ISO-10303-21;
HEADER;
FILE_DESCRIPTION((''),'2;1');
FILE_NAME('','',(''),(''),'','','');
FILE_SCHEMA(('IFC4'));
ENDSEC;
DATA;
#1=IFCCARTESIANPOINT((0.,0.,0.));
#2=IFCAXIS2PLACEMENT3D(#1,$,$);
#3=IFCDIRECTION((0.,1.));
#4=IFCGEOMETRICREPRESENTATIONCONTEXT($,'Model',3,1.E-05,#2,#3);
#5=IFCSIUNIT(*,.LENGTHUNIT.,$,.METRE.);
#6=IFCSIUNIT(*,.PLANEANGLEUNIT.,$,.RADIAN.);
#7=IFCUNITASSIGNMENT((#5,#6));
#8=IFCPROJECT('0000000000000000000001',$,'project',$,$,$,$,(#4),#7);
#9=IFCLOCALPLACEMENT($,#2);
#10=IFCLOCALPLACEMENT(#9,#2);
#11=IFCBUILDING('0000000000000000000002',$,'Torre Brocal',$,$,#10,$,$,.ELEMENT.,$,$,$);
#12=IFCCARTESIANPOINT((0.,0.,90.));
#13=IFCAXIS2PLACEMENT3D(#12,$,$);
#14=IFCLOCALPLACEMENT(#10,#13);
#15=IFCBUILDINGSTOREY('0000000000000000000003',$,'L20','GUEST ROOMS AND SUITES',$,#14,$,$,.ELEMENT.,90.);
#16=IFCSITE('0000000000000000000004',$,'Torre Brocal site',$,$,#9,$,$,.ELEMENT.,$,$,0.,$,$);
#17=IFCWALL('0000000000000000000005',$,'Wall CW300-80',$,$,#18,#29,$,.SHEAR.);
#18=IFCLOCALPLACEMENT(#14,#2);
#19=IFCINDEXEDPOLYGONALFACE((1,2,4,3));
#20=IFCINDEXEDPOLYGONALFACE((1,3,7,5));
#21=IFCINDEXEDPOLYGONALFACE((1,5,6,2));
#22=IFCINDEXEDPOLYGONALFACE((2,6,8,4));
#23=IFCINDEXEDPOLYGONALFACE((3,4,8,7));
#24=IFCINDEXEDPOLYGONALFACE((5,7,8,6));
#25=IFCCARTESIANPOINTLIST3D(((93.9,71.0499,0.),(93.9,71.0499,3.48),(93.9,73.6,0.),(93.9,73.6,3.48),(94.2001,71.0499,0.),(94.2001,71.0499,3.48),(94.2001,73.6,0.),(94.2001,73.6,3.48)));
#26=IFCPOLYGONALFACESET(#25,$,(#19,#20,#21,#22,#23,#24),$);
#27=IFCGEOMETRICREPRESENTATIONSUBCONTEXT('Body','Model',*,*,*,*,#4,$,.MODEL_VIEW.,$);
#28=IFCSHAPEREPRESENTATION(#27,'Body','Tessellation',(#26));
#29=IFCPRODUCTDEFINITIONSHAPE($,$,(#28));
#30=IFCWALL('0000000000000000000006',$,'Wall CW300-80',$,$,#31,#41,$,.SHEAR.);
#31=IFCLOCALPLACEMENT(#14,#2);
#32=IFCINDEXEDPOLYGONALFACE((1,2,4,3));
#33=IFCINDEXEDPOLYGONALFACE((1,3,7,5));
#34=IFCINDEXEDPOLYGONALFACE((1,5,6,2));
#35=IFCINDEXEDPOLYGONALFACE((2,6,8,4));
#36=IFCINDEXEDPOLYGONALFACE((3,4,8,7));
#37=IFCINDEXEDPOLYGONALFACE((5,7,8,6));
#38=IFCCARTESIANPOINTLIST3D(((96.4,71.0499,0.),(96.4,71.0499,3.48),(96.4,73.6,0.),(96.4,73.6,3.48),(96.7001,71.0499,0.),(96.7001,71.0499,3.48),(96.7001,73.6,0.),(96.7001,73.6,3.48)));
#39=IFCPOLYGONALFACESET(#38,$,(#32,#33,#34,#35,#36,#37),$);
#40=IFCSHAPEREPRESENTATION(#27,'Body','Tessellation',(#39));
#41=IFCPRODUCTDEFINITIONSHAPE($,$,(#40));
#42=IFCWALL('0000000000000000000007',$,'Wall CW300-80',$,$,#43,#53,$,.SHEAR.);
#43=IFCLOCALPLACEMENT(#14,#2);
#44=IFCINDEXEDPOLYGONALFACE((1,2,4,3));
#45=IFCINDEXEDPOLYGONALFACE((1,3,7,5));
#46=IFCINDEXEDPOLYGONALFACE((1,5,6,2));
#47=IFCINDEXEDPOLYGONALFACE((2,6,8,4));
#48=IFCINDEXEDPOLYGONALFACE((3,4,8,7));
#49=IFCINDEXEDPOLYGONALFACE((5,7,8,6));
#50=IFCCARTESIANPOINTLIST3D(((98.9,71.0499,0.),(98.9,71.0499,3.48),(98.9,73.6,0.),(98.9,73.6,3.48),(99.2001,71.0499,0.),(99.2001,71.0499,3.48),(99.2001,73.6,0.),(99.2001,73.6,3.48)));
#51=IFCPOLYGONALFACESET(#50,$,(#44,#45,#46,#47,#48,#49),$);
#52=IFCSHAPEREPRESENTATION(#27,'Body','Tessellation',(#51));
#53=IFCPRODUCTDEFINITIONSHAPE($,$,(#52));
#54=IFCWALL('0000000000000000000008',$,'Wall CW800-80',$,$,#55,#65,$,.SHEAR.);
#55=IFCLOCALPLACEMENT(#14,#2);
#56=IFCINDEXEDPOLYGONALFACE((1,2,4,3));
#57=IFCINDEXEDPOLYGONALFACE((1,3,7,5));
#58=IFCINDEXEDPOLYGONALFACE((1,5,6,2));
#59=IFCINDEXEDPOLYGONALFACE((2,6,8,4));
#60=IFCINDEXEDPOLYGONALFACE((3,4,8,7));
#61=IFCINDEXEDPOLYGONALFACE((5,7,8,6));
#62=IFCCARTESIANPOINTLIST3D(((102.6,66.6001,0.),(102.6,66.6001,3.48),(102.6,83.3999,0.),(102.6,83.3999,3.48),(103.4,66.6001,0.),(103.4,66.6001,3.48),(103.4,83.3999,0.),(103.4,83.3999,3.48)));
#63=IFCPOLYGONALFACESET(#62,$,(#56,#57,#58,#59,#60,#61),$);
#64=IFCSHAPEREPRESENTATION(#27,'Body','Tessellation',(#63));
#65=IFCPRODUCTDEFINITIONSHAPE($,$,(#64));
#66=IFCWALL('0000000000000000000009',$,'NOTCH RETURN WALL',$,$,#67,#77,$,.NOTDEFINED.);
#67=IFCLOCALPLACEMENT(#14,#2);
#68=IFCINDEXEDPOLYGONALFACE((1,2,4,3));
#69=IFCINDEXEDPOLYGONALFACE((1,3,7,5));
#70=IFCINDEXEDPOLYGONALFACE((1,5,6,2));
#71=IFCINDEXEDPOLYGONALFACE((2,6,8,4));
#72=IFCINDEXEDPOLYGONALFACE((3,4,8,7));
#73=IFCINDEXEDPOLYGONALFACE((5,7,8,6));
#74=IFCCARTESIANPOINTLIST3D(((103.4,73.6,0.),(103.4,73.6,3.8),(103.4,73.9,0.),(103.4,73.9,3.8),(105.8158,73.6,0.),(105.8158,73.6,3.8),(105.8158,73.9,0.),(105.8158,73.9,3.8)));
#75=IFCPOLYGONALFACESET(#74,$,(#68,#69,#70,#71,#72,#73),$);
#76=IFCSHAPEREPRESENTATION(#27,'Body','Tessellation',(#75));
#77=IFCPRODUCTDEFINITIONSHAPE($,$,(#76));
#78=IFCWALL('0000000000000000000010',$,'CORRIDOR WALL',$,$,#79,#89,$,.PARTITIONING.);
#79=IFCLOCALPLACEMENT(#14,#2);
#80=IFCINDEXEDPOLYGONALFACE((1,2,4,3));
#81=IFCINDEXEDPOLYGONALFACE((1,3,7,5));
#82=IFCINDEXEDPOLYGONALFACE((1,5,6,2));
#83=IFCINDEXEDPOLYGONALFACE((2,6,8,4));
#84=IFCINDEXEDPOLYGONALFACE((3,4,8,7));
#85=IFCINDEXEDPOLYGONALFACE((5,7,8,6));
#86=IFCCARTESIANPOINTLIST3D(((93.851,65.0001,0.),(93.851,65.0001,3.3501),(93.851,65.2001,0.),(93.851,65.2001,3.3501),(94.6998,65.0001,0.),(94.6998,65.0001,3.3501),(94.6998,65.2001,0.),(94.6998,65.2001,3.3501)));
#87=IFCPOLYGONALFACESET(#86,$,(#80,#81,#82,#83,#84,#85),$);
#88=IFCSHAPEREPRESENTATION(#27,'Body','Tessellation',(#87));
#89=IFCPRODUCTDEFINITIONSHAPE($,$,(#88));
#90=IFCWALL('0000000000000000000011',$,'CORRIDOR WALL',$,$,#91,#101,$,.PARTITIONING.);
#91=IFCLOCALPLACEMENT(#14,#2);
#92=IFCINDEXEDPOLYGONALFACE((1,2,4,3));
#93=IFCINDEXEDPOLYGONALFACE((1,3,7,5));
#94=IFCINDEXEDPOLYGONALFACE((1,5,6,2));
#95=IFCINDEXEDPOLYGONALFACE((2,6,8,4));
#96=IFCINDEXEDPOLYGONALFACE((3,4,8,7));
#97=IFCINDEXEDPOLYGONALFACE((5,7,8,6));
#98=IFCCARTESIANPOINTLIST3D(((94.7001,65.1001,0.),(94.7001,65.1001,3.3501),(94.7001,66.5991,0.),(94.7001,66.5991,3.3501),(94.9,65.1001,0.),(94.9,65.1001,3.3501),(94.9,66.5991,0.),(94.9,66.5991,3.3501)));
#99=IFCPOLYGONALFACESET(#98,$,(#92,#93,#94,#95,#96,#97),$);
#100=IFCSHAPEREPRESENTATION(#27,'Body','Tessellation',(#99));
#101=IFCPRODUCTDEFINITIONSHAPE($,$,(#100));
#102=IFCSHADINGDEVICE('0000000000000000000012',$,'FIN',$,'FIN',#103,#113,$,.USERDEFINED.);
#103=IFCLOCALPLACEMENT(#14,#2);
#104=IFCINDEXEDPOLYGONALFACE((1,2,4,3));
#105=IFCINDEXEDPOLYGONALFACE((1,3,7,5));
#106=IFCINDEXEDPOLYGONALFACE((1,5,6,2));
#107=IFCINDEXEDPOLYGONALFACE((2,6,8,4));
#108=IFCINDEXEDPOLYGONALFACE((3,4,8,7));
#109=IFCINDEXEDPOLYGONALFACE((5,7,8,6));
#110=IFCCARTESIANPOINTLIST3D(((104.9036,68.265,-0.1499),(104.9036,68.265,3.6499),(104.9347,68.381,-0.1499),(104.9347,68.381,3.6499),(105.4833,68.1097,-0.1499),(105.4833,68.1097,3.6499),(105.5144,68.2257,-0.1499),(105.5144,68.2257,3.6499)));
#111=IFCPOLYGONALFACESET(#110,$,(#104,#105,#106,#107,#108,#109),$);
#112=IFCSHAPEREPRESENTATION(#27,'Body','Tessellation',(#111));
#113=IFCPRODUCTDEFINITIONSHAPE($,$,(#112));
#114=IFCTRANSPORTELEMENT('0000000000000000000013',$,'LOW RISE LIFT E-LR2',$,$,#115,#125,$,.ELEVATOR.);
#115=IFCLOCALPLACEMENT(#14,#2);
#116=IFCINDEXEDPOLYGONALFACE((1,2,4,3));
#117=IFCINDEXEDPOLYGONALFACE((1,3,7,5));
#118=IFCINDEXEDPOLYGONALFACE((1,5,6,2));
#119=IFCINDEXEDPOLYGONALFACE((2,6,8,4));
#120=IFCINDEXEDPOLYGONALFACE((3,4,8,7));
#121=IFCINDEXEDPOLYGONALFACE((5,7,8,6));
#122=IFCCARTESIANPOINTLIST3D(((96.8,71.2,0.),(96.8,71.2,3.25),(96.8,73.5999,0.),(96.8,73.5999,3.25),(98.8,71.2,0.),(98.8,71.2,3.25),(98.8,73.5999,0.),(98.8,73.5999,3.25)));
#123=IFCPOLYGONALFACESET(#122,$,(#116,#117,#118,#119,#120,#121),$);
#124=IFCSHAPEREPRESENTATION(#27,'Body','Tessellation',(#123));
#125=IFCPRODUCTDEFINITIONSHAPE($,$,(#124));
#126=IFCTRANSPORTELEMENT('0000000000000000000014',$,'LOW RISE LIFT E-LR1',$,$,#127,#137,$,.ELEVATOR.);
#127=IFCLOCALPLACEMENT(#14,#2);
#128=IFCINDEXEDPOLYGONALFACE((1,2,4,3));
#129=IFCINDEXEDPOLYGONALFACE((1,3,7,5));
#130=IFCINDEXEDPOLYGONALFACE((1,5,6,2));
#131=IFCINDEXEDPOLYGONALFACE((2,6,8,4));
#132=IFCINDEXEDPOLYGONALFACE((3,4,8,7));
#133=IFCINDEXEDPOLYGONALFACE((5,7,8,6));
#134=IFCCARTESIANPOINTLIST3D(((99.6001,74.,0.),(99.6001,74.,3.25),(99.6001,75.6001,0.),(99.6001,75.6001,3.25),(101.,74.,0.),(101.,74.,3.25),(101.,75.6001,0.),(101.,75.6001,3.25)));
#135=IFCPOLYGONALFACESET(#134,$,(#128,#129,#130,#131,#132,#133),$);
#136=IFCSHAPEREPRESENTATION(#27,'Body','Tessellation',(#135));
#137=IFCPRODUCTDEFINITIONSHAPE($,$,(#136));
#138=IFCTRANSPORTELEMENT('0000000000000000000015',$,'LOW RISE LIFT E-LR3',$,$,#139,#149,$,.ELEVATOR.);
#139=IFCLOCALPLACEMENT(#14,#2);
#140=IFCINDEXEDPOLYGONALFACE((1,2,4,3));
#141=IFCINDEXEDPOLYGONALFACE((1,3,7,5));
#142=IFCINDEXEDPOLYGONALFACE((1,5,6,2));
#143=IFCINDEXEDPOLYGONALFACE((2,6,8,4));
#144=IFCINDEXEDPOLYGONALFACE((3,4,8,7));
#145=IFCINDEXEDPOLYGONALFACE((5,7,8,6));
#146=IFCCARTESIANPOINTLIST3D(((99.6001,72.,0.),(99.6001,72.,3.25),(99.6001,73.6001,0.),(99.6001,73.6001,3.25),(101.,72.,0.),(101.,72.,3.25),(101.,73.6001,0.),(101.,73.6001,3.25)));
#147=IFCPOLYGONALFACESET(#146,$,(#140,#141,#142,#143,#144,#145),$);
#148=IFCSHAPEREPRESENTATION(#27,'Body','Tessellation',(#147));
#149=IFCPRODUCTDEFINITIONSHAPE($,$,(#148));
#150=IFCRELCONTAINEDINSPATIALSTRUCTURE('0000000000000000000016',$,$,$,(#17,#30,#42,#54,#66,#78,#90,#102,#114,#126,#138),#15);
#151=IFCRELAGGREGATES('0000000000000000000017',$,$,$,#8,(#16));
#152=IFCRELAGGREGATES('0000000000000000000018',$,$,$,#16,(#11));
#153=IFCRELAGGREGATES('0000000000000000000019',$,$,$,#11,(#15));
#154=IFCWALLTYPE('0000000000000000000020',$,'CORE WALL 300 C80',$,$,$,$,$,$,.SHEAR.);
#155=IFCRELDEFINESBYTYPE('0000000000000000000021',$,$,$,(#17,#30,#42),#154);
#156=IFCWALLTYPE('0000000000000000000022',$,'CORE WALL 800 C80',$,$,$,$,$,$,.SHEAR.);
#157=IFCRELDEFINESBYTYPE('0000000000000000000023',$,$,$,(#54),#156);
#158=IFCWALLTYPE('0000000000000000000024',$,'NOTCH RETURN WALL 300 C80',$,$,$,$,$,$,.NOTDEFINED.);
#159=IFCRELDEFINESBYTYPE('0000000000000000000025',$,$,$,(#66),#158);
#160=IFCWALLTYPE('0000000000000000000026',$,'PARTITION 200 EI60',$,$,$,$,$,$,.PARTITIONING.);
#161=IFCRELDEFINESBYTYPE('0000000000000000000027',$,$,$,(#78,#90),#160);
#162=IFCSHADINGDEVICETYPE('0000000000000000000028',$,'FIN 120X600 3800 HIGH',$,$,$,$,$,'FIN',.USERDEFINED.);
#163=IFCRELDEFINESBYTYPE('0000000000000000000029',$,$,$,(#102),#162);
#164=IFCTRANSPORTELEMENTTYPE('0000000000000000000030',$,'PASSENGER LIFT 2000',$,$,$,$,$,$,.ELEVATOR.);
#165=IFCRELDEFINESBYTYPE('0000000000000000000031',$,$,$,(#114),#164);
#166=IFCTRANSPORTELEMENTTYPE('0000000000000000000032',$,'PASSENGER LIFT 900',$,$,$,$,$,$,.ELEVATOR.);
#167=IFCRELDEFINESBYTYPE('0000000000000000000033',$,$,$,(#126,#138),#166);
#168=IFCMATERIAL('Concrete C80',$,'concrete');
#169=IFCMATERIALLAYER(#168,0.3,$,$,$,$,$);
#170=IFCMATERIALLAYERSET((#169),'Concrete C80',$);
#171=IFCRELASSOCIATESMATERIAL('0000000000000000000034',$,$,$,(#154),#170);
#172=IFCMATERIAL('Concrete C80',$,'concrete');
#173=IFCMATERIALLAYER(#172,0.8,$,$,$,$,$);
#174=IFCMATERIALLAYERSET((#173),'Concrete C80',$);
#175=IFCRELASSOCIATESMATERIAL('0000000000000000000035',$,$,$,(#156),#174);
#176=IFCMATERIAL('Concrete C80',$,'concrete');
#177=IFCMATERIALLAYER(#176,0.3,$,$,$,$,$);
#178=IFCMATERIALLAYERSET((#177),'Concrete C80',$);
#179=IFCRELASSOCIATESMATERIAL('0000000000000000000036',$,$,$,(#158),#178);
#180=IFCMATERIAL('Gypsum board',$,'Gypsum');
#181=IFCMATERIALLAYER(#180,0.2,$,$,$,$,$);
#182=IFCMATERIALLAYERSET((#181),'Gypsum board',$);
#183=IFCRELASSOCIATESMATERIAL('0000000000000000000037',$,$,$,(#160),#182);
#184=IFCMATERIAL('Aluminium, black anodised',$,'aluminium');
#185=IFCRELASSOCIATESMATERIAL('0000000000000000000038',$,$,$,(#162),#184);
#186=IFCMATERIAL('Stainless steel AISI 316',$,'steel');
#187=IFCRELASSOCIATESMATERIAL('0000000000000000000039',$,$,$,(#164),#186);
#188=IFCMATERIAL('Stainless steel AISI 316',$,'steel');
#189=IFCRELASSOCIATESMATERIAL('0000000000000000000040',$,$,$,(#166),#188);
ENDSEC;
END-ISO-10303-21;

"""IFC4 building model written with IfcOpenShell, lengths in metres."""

from ifc_helpers import new_model, si_unit, direction, frame, frame_2d, origin, origin_2d, place, context, subcontext, project, spatial, rectangle, extrude, material, layer, layer_set, material_profile, profile_set, type_object, element, save


model = new_model("IFC4")

# Units and contexts
model_context = context("Model", 3, precision=1e-05, world=origin(), true_north=direction((0.0, 1.0)))
body_context = subcontext(model_context, "Body", "Model", "MODEL_VIEW")
ifc_project = project(units=[si_unit("LENGTHUNIT", "METRE"), si_unit("PLANEANGLEUNIT", "RADIAN")], contexts=[model_context])

# Site, building, storey
site_placement = place(None, origin())
site = spatial("IfcSite", under=ifc_project, at=site_placement, Name="Torre Brocal site", CompositionType="ELEMENT", RefElevation=0.0)
building_placement = place(site_placement, origin())
building = spatial("IfcBuilding", under=site, at=building_placement, Name="Torre Brocal", CompositionType="ELEMENT")
storey_placement = place(building_placement, frame((0.0, 0.0, 90.0)))
storey = spatial("IfcBuildingStorey", under=building, at=storey_placement, Name="L20", Description="GUEST ROOMS AND SUITES", CompositionType="ELEMENT", Elevation=90.0)

# Walls
ifc_material_1 = material(Name="Concrete C80", Category="concrete")
ifc_layer_1 = layer(ifc_material_1, 0.3)
ifc_layer_set_1 = layer_set([ifc_layer_1], Name="Concrete C80")
wall_type_1 = type_object("IfcWallType", Name="CORE WALL 300 C80", PredefinedType="SHEAR", material=ifc_layer_set_1)
for number, where, z_axis, x_axis, name in (
    (1, (94.05, 71.05, 0.0), (0.0, 0.0, 1.0), (0.0, 1.0, 0.0), "Wall CW300-80"),
    (2, (96.55, 71.05, 0.0), (0.0, 0.0, 1.0), (0.0, 1.0, 0.0), "Wall CW300-80"),
    (3, (99.05, 71.05, 0.0), (0.0, 0.0, 1.0), (0.0, 1.0, 0.0), "Wall CW300-80"),
):
    element("IfcWall", number, at=place(storey_placement, frame(where, z_axis=z_axis, x_axis=x_axis)), inside=storey, type_object=wall_type_1, Name=name, PredefinedType="SHEAR", context=body_context, shape_type="SweptSolid", body=[
        extrude(rectangle(XDim=2.55, YDim=0.3, at=frame_2d((1.2749, 0.0))), origin(), (0.0, 0.0, 1.0), 3.48),
    ])
ifc_material_2 = material(Name="Concrete C80", Category="concrete")
ifc_layer_2 = layer(ifc_material_2, 0.8)
ifc_layer_set_2 = layer_set([ifc_layer_2], Name="Concrete C80")
wall_type_2 = type_object("IfcWallType", Name="CORE WALL 800 C80", PredefinedType="SHEAR", material=ifc_layer_set_2)
wall_1_placement = place(storey_placement, frame((103.0, 66.6001, 0.0), z_axis=(0.0, 0.0, 1.0), x_axis=(0.0, 1.0, 0.0)))
element("IfcWall", 4, at=wall_1_placement, inside=storey, type_object=wall_type_2, Name="Wall CW800-80", PredefinedType="SHEAR", context=body_context, shape_type="SweptSolid", body=[
    extrude(rectangle(XDim=16.7998, YDim=0.8, at=frame_2d((8.3999, 0.0))), origin(), (0.0, 0.0, 1.0), 3.48),
])
ifc_material_3 = material(Name="Concrete C80", Category="concrete")
ifc_layer_3 = layer(ifc_material_3, 0.3)
ifc_layer_set_3 = layer_set([ifc_layer_3], Name="Concrete C80")
wall_type_3 = type_object("IfcWallType", Name="NOTCH RETURN WALL 300 C80", PredefinedType="NOTDEFINED", material=ifc_layer_set_3)
wall_2_placement = place(storey_placement, frame((103.3999, 73.75, 0.0), z_axis=(0.0, 0.0, 1.0), x_axis=(1.0, 0.0, 0.0)))
element("IfcWall", 5, at=wall_2_placement, inside=storey, type_object=wall_type_3, Name="NOTCH RETURN WALL", PredefinedType="NOTDEFINED", context=body_context, shape_type="SweptSolid", body=[
    extrude(rectangle(XDim=2.4158, YDim=0.3, at=frame_2d((1.208, 0.0))), origin(), (0.0, 0.0, 1.0), 3.8),
])
ifc_material_4 = material(Name="Gypsum board", Category="Gypsum")
ifc_layer_4 = layer(ifc_material_4, 0.2)
ifc_layer_set_4 = layer_set([ifc_layer_4], Name="Gypsum board")
wall_type_4 = type_object("IfcWallType", Name="PARTITION 200 EI60", PredefinedType="PARTITIONING", material=ifc_layer_set_4)
wall_3_placement = place(storey_placement, frame((93.8511, 65.1001, 0.0), z_axis=(0.0, 0.0, 1.0), x_axis=(1.0, 0.0, 0.0)))
element("IfcWall", 6, at=wall_3_placement, inside=storey, type_object=wall_type_4, Name="CORRIDOR WALL", PredefinedType="PARTITIONING", context=body_context, shape_type="SweptSolid", body=[
    extrude(rectangle(XDim=0.8489, YDim=0.2, at=frame_2d((0.4243, 0.0))), origin(), (0.0, 0.0, 1.0), 3.3501),
])
wall_4_placement = place(storey_placement, frame((94.8, 65.1001, 0.0), z_axis=(0.0, 0.0, 1.0), x_axis=(0.0, 1.0, 0.0)))
element("IfcWall", 7, at=wall_4_placement, inside=storey, type_object=wall_type_4, Name="CORRIDOR WALL", PredefinedType="PARTITIONING", context=body_context, shape_type="SweptSolid", body=[
    extrude(rectangle(XDim=1.499, YDim=0.2, at=frame_2d((0.7495, 0.0))), origin(), (0.0, 0.0, 1.0), 3.3501),
])

# Shading device
ifc_material_5 = material(Name="Aluminium, black anodised", Category="aluminium")
ifc_material_profile_1 = material_profile(ifc_material_5, rectangle(XDim=0.1201, YDim=0.6001, at=origin_2d()), Name="FIN 120X600 3800 HIGH")
ifc_profile_set_1 = profile_set([ifc_material_profile_1], Name="Aluminium, black anodised")
shading_device_type = type_object("IfcShadingDeviceType", Name="FIN 120X600 3800 HIGH", ElementType="FIN", PredefinedType="USERDEFINED", material=ifc_profile_set_1)
shading_device_placement = place(storey_placement, frame((105.209, 68.2454, -0.1499), z_axis=(0.0, 0.0, 1.0), x_axis=(0.258819, 0.965926, 0.0)))
element("IfcShadingDevice", 8, at=shading_device_placement, inside=storey, type_object=shading_device_type, Name="FIN", ObjectType="FIN", PredefinedType="USERDEFINED", context=body_context, shape_type="SweptSolid", body=[
    extrude(rectangle(XDim=0.1201, YDim=0.6001, at=origin_2d()), origin(), (0.0, 0.0, 1.0), 3.7998),
])

# Transport elements
ifc_material_6 = material(Name="Stainless steel AISI 316", Category="steel")
transport_element_type_1 = type_object("IfcTransportElementType", Name="PASSENGER LIFT 2000", PredefinedType="ELEVATOR", material=ifc_material_6)
transport_element_placement = place(storey_placement, frame((97.8, 72.3999, 0.0), z_axis=(0.0, 0.0, 1.0), x_axis=(1.0, 0.0, 0.0)))
element("IfcTransportElement", 9, at=transport_element_placement, inside=storey, type_object=transport_element_type_1, Name="LOW RISE LIFT E-LR2", PredefinedType="ELEVATOR", context=body_context, shape_type="SweptSolid", body=[
    extrude(rectangle(XDim=2.0, YDim=2.3999, at=origin_2d()), origin(), (0.0, 0.0, 1.0), 3.25),
])
ifc_material_7 = material(Name="Stainless steel AISI 316", Category="steel")
transport_element_type_2 = type_object("IfcTransportElementType", Name="PASSENGER LIFT 900", PredefinedType="ELEVATOR", material=ifc_material_7)
for number, where, z_axis, x_axis, name in (
    (10, (100.3, 74.8, 0.0), (0.0, 0.0, 1.0), (1.0, 0.0, 0.0), "LOW RISE LIFT E-LR1"),
    (11, (100.3, 72.8, 0.0), (0.0, 0.0, 1.0), (1.0, 0.0, 0.0), "LOW RISE LIFT E-LR3"),
):
    element("IfcTransportElement", number, at=place(storey_placement, frame(where, z_axis=z_axis, x_axis=x_axis)), inside=storey, type_object=transport_element_type_2, Name=name, PredefinedType="ELEVATOR", context=body_context, shape_type="SweptSolid", body=[
        extrude(rectangle(XDim=1.3999, YDim=1.6001, at=origin_2d()), origin(), (0.0, 0.0, 1.0), 3.25),
    ])

save(model, "model.ifc")
